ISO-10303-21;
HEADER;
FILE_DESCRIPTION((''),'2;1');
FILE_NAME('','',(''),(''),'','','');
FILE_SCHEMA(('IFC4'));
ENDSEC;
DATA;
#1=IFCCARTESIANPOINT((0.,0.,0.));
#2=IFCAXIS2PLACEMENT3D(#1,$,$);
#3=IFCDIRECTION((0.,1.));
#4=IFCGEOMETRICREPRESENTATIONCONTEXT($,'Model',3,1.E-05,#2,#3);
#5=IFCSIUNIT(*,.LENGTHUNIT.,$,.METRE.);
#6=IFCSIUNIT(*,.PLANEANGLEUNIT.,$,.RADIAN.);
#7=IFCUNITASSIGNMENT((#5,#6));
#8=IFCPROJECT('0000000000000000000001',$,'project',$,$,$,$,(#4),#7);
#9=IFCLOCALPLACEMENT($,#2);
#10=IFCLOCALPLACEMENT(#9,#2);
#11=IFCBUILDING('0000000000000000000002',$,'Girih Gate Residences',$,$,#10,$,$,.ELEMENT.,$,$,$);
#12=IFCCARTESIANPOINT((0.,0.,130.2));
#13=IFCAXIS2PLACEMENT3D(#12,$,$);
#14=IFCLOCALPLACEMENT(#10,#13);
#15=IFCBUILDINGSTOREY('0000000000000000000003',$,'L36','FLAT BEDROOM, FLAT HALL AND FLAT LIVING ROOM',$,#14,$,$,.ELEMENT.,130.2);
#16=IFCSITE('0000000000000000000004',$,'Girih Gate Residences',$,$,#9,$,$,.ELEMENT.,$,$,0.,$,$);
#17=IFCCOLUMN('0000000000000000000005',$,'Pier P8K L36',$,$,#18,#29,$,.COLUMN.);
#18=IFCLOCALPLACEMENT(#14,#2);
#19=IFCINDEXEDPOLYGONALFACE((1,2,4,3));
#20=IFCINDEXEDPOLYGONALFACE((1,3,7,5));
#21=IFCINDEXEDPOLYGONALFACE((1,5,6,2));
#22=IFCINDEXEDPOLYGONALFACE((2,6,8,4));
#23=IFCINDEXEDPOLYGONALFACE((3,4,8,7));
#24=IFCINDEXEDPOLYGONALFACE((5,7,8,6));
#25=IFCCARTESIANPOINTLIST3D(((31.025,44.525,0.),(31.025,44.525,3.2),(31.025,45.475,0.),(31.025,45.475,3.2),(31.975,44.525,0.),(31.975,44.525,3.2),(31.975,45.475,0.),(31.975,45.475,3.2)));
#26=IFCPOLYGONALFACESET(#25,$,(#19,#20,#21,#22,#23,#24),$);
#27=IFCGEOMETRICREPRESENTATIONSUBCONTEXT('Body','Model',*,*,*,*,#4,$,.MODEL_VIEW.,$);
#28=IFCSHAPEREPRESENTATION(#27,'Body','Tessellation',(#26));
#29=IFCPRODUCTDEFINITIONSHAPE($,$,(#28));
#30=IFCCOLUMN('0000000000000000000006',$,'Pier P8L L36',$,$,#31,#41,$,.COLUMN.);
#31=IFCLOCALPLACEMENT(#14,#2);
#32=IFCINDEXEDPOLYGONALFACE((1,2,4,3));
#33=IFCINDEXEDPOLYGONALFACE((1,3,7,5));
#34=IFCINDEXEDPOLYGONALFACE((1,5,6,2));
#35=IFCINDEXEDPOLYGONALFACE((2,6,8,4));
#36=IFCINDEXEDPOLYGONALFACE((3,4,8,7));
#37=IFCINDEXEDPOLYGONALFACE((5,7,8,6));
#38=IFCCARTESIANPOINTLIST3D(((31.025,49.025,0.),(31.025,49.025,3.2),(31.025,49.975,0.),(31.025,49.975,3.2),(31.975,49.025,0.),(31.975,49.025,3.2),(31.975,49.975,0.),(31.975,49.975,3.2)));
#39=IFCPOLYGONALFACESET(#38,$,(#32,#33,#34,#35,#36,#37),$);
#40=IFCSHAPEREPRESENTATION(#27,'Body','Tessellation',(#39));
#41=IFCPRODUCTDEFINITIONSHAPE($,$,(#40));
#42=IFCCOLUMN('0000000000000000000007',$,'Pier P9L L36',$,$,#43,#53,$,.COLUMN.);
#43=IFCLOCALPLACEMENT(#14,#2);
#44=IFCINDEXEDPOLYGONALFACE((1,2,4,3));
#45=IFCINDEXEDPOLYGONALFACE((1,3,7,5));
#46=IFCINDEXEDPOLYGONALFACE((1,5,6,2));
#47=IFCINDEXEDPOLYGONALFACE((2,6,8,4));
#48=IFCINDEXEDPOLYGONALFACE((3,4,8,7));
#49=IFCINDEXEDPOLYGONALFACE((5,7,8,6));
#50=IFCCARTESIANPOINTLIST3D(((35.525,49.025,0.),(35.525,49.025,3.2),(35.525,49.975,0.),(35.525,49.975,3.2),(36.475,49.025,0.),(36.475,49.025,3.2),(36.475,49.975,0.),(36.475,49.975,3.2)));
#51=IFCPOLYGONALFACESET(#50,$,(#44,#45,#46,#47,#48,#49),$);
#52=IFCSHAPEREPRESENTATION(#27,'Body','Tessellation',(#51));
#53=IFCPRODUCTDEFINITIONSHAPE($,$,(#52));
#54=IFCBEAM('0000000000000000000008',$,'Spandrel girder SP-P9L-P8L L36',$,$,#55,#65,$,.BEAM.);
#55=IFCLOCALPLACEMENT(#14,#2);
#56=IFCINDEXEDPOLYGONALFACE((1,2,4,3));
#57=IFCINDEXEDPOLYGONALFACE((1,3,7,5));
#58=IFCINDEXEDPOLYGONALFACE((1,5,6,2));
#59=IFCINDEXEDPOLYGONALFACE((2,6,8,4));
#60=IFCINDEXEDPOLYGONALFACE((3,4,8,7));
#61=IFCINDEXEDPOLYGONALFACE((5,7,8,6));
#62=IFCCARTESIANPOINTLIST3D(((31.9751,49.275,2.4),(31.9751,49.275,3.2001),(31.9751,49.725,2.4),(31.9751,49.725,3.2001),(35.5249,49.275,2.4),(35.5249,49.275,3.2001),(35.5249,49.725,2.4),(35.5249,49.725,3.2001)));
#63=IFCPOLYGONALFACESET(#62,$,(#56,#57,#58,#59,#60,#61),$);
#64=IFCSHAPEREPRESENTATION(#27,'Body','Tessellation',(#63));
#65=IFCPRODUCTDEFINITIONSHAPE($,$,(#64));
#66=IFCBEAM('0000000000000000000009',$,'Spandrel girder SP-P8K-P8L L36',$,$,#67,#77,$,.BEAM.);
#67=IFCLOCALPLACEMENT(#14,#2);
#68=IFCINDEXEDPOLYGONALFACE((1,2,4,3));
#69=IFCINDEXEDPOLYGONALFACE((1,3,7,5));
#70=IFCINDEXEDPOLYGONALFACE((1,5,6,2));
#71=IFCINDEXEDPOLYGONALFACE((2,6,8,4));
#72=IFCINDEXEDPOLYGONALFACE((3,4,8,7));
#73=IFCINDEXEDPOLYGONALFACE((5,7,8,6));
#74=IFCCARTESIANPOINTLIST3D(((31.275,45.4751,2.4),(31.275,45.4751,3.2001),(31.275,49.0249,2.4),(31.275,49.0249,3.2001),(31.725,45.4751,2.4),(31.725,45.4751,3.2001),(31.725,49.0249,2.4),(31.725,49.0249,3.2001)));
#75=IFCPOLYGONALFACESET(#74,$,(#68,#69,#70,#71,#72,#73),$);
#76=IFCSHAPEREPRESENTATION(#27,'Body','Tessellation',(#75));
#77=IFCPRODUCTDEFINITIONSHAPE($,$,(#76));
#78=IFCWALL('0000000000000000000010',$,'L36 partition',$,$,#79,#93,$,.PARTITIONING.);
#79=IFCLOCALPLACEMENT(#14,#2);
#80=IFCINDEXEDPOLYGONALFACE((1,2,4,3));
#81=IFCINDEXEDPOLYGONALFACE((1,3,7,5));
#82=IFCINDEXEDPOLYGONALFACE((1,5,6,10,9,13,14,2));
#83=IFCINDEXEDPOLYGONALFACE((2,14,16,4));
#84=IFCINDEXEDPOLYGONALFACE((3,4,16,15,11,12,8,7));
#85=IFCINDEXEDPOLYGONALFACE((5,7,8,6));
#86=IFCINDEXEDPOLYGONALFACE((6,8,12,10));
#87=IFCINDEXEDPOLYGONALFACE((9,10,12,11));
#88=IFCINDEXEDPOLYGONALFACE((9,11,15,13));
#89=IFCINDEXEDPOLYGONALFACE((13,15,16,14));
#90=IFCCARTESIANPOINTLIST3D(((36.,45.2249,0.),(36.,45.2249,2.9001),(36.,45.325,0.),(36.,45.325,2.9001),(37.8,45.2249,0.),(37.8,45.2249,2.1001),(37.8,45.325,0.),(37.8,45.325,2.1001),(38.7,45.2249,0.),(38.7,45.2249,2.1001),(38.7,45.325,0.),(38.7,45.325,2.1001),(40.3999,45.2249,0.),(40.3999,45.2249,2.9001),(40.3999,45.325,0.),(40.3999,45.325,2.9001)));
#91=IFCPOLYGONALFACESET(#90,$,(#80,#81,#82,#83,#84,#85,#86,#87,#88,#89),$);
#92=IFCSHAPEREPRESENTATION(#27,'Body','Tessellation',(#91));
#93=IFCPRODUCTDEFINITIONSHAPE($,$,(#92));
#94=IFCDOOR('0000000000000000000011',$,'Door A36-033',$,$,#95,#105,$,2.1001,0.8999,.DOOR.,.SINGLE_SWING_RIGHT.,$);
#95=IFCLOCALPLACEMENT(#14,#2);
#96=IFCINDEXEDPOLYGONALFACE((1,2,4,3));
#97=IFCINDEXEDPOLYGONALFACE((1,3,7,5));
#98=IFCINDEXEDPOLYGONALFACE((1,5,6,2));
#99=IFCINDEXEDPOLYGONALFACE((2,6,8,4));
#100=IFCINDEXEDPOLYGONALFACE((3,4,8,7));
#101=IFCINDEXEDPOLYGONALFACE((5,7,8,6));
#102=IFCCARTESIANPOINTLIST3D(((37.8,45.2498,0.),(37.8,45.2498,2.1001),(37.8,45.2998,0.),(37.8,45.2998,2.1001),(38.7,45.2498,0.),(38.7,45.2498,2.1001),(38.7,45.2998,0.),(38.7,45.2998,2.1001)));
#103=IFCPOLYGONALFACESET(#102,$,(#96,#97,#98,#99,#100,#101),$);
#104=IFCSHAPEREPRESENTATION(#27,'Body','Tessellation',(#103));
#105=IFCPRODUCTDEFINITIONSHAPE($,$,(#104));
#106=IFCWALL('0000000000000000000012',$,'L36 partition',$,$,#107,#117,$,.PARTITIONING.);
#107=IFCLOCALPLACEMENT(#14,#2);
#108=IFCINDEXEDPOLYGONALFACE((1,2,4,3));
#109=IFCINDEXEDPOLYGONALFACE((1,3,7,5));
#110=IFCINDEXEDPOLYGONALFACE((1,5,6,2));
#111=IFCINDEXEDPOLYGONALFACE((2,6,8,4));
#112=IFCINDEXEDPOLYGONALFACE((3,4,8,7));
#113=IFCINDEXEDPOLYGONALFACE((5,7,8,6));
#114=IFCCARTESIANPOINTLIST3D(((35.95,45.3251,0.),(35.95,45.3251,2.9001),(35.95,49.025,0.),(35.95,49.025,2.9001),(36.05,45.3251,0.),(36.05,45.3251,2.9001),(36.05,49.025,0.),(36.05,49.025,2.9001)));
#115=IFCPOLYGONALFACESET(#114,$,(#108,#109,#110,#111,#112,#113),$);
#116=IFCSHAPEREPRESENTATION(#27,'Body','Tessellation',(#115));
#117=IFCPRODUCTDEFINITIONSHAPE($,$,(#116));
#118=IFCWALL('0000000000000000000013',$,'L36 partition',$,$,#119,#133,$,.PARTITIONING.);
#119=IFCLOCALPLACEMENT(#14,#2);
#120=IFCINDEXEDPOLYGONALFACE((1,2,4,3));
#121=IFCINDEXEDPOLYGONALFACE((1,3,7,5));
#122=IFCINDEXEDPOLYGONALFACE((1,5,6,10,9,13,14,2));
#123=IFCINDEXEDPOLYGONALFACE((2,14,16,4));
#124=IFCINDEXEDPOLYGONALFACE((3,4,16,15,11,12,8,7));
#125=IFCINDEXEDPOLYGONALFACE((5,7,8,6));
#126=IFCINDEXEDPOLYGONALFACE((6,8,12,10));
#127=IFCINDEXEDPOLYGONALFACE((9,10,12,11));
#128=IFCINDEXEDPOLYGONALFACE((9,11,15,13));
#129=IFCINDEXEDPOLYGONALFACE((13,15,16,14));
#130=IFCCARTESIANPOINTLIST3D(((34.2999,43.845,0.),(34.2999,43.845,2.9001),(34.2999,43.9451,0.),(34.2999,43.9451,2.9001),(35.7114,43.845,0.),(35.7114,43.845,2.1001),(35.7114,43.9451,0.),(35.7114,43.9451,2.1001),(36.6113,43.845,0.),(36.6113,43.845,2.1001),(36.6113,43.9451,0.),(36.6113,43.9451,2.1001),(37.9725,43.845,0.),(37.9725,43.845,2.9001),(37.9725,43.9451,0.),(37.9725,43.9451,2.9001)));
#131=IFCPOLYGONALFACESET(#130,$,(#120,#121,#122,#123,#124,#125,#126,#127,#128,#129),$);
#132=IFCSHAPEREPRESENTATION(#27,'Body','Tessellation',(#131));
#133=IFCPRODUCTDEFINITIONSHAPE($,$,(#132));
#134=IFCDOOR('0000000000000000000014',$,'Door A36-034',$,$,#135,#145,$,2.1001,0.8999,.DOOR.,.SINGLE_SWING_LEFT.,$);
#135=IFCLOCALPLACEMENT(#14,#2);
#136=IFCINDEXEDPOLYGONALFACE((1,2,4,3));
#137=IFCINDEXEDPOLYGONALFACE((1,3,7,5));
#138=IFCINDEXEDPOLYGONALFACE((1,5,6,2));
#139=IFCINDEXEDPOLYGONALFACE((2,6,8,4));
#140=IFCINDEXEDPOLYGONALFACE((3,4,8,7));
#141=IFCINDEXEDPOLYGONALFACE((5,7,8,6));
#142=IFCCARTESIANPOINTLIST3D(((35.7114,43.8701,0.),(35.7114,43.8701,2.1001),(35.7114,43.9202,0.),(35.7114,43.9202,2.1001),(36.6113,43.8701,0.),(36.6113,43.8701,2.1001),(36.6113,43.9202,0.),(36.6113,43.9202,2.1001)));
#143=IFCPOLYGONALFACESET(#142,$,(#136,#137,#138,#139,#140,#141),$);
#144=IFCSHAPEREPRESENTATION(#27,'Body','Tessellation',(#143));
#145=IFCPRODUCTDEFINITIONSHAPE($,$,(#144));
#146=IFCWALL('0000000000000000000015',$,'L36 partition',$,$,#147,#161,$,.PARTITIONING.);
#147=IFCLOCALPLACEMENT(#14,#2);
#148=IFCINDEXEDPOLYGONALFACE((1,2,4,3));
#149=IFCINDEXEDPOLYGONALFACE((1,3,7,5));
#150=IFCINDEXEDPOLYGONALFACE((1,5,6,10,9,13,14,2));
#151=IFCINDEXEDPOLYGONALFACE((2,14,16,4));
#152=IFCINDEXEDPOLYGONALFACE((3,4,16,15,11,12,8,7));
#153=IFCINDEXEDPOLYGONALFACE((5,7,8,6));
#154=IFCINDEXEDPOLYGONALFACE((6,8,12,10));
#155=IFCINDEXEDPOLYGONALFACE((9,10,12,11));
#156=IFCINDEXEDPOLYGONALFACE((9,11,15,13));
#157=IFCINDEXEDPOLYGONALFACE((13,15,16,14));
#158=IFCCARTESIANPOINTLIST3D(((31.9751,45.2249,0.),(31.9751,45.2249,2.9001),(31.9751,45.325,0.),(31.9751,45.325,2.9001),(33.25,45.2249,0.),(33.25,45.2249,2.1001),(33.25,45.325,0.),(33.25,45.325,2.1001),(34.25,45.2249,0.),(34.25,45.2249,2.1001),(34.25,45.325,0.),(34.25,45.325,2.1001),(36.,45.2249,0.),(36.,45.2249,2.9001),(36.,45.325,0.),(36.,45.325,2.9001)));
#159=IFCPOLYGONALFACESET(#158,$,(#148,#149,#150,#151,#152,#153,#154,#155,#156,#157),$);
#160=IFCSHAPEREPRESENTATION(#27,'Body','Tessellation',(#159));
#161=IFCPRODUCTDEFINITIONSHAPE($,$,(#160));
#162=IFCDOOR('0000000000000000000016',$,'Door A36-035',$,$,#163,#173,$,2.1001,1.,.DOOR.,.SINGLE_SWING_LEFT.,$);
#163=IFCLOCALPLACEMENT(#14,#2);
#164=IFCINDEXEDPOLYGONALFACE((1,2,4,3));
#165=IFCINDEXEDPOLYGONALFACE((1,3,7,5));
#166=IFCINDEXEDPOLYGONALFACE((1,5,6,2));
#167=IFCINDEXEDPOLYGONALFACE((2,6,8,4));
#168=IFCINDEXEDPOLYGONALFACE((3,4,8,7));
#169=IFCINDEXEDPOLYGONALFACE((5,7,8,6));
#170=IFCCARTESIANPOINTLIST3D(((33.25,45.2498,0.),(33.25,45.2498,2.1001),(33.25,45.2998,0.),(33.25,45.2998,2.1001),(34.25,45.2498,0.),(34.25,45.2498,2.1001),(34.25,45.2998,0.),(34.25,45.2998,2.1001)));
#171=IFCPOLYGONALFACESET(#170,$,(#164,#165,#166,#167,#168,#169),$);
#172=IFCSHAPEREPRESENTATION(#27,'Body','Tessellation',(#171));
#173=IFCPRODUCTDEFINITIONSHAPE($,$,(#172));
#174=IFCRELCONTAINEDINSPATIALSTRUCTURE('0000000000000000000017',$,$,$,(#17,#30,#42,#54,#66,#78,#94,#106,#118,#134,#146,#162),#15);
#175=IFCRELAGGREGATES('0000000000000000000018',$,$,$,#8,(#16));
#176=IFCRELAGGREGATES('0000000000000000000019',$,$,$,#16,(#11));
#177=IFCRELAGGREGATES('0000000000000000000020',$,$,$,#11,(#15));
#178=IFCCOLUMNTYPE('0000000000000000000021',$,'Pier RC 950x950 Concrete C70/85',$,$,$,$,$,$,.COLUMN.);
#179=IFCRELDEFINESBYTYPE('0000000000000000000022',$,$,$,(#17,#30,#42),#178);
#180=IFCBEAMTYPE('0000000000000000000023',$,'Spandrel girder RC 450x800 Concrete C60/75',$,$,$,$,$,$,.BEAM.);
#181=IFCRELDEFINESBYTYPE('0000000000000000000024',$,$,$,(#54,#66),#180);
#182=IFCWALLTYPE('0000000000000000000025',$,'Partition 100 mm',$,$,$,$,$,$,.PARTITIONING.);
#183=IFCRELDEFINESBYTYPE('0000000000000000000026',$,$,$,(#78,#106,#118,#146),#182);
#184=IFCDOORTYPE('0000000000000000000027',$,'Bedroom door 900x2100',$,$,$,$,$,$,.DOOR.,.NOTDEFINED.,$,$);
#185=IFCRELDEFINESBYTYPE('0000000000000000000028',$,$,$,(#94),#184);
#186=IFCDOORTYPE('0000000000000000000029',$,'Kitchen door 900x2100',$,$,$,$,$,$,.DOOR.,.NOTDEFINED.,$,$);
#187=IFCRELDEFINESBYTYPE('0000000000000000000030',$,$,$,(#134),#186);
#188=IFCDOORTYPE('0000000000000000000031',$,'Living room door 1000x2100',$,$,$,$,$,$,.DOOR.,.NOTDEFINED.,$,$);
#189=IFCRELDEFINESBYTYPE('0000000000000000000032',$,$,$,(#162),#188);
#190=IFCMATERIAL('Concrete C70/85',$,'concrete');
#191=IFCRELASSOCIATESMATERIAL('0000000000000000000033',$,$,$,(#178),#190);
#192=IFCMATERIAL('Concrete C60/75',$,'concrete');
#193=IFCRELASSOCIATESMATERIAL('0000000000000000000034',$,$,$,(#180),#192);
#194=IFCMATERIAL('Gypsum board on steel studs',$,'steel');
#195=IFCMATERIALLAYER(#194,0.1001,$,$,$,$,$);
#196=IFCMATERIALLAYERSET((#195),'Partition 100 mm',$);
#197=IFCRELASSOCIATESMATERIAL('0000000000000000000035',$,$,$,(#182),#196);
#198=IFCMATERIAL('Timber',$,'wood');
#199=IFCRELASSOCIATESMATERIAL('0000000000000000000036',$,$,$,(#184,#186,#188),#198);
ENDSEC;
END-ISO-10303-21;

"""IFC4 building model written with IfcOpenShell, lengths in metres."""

from ifc_helpers import new_model, si_unit, direction, frame, frame_2d, origin, origin_2d, place, context, subcontext, project, spatial, rectangle, extrude, material, layer, layer_set, material_profile, profile_set, type_object, element, fill, save


model = new_model("IFC4")

# Units and contexts
model_context = context("Model", 3, precision=1e-05, world=origin(), true_north=direction((0.0, 1.0)))
body_context = subcontext(model_context, "Body", "Model", "MODEL_VIEW")
ifc_project = project(units=[si_unit("LENGTHUNIT", "METRE"), si_unit("PLANEANGLEUNIT", "RADIAN")], contexts=[model_context])

# Site, building, storey
site_placement = place(None, origin())
site = spatial("IfcSite", under=ifc_project, at=site_placement, Name="Girih Gate Residences", CompositionType="ELEMENT", RefElevation=0.0)
building_placement = place(site_placement, origin())
building = spatial("IfcBuilding", under=site, at=building_placement, Name="Girih Gate Residences", CompositionType="ELEMENT")
storey_placement = place(building_placement, frame((0.0, 0.0, 130.2)))
storey = spatial("IfcBuildingStorey", under=building, at=storey_placement, Name="L36", Description="FLAT BEDROOM, FLAT HALL AND FLAT LIVING ROOM", CompositionType="ELEMENT", Elevation=130.2)

# Columns
ifc_material_1 = material(Name="Concrete C70/85", Category="concrete")
ifc_material_profile_1 = material_profile(ifc_material_1, rectangle(XDim=0.95, YDim=0.95, at=origin_2d()))
ifc_profile_set_1 = profile_set([ifc_material_profile_1], Name="Concrete C70/85")
column_type = type_object("IfcColumnType", Name="Pier RC 950x950 Concrete C70/85", PredefinedType="COLUMN", material=ifc_profile_set_1)
for number, where, z_axis, x_axis, name in (
    (1, (31.5, 45.0, 0.0), (0.0, 0.0, 1.0), (1.0, 0.0, 0.0), "Pier P8K L36"),
    (2, (31.5, 49.5, 0.0), (0.0, 0.0, 1.0), (1.0, 0.0, 0.0), "Pier P8L L36"),
    (3, (36.0, 49.5, 0.0), (0.0, 0.0, 1.0), (1.0, 0.0, 0.0), "Pier P9L L36"),
):
    element("IfcColumn", number, at=place(storey_placement, frame(where, z_axis=z_axis, x_axis=x_axis)), inside=storey, type_object=column_type, Name=name, PredefinedType="COLUMN", context=body_context, shape_type="SweptSolid", body=[
        extrude(rectangle(XDim=0.95, YDim=0.95, at=origin_2d()), origin(), (0.0, 0.0, 1.0), 3.2),
    ])

# Beams
ifc_material_2 = material(Name="Concrete C60/75", Category="concrete")
ifc_material_profile_2 = material_profile(ifc_material_2, rectangle(XDim=0.45, YDim=0.8, at=origin_2d()))
ifc_profile_set_2 = profile_set([ifc_material_profile_2], Name="Concrete C60/75")
beam_type = type_object("IfcBeamType", Name="Spandrel girder RC 450x800 Concrete C60/75", PredefinedType="BEAM", material=ifc_profile_set_2)
for number, where, z_axis, x_axis, name in (
    (4, (35.5249, 49.5, 2.8), (-1.0, 0.0, 0.0), (0.0, -1.0, 0.0), "Spandrel girder SP-P9L-P8L L36"),
    (5, (31.5, 45.4751, 2.8), (0.0, 1.0, 0.0), (-1.0, 0.0, 0.0), "Spandrel girder SP-P8K-P8L L36"),
):
    element("IfcBeam", number, at=place(storey_placement, frame(where, z_axis=z_axis, x_axis=x_axis)), inside=storey, type_object=beam_type, Name=name, PredefinedType="BEAM", context=body_context, shape_type="SweptSolid", body=[
        extrude(rectangle(XDim=0.45, YDim=0.8, at=origin_2d()), origin(), (0.0, 0.0, 1.0), 3.5498),
    ])

# Wall, opening, door
ifc_material_3 = material(Name="Gypsum board on steel studs", Category="steel")
ifc_layer_1 = layer(ifc_material_3, 0.1001)
ifc_layer_set_1 = layer_set([ifc_layer_1], Name="Partition 100 mm")
wall_type_1 = type_object("IfcWallType", Name="Partition 100 mm", PredefinedType="PARTITIONING", material=ifc_layer_set_1)
wall_1_placement = place(storey_placement, frame((36.0, 45.2749, 0.0), z_axis=(0.0, 0.0, 1.0), x_axis=(1.0, 0.0, 0.0)))
wall_1 = element("IfcWall", 6, at=wall_1_placement, inside=storey, type_object=wall_type_1, Name="L36 partition", PredefinedType="PARTITIONING", context=body_context, shape_type="SweptSolid", body=[
    extrude(rectangle(XDim=4.3999, YDim=0.1001, at=frame_2d((2.2, 0.0))), origin(), (0.0, 0.0, 1.0), 2.9001),
])
opening_1_placement = place(wall_1_placement, frame((1.8, 0.0, 0.0)))
opening_1 = element("IfcOpeningElement", 7, at=opening_1_placement, cuts=wall_1, PredefinedType="OPENING", context=body_context, shape_type="SweptSolid", body=[
    extrude(rectangle(XDim=0.8999, YDim=2.1001, at=frame_2d((0.45, 1.05))), frame((0.0, 0.0601, 0.0), z_axis=(0.0, -1.0, 0.0), x_axis=(1.0, 0.0, 0.0)), (0.0, 0.0, 1.0), 0.1201),
])
ifc_material_4 = material(Name="Timber", Category="wood")
door_type_1 = type_object("IfcDoorType", Name="Bedroom door 900x2100", OperationType="NOTDEFINED", PredefinedType="DOOR", material=ifc_material_4)
door_1_placement = place(opening_1_placement, origin())
door_1 = element("IfcDoor", 8, at=door_1_placement, inside=storey, type_object=door_type_1, Name="Door A36-033", OperationType="SINGLE_SWING_RIGHT", OverallHeight=2.1001, OverallWidth=0.8999, PredefinedType="DOOR", context=body_context, shape_type="SweptSolid", body=[
    extrude(rectangle(XDim=0.8999, YDim=2.1001, at=frame_2d((0.45, 1.05))), frame((0.0, 0.0249, 0.0), z_axis=(0.0, -1.0, 0.0), x_axis=(1.0, 0.0, 0.0)), (0.0, 0.0, 1.0), 0.05),
])
fill(opening_1, door_1)

# Wall
wall_2_placement = place(storey_placement, frame((36.0, 45.325, 0.0), z_axis=(0.0, 0.0, 1.0), x_axis=(0.0, 1.0, 0.0)))
element("IfcWall", 9, at=wall_2_placement, inside=storey, type_object=wall_type_1, Name="L36 partition", PredefinedType="PARTITIONING", context=body_context, shape_type="SweptSolid", body=[
    extrude(rectangle(XDim=3.7, YDim=0.1001, at=frame_2d((1.8501, 0.0))), origin(), (0.0, 0.0, 1.0), 2.9001),
])

# Walls, openings, doors
wall_3_placement = place(storey_placement, frame((37.9727, 43.895, 0.0), z_axis=(0.0, 0.0, 1.0), x_axis=(-1.0, 0.0, 0.0)))
wall_3 = element("IfcWall", 10, at=wall_3_placement, inside=storey, type_object=wall_type_1, Name="L36 partition", PredefinedType="PARTITIONING", context=body_context, shape_type="SweptSolid", body=[
    extrude(rectangle(XDim=3.6726, YDim=0.1001, at=frame_2d((1.8364, 0.0))), origin(), (0.0, 0.0, 1.0), 2.9001),
])
opening_2_placement = place(wall_3_placement, frame((1.3613, 0.0, 0.0)))
opening_2 = element("IfcOpeningElement", 11, at=opening_2_placement, cuts=wall_3, PredefinedType="OPENING", context=body_context, shape_type="SweptSolid", body=[
    extrude(rectangle(XDim=0.8999, YDim=2.1001, at=frame_2d((0.45, 1.05))), frame((0.0, 0.0601, 0.0), z_axis=(0.0, -1.0, 0.0), x_axis=(1.0, 0.0, 0.0)), (0.0, 0.0, 1.0), 0.1201),
])
door_type_2 = type_object("IfcDoorType", Name="Kitchen door 900x2100", OperationType="NOTDEFINED", PredefinedType="DOOR", material=ifc_material_4)
door_2_placement = place(opening_2_placement, origin())
door_2 = element("IfcDoor", 12, at=door_2_placement, inside=storey, type_object=door_type_2, Name="Door A36-034", OperationType="SINGLE_SWING_LEFT", OverallHeight=2.1001, OverallWidth=0.8999, PredefinedType="DOOR", context=body_context, shape_type="SweptSolid", body=[
    extrude(rectangle(XDim=0.8999, YDim=2.1001, at=frame_2d((0.45, 1.05))), frame((0.0, 0.0249, 0.0), z_axis=(0.0, -1.0, 0.0), x_axis=(1.0, 0.0, 0.0)), (0.0, 0.0, 1.0), 0.05),
])
fill(opening_2, door_2)
wall_4_placement = place(storey_placement, frame((31.9751, 45.2749, 0.0), z_axis=(0.0, 0.0, 1.0), x_axis=(1.0, 0.0, 0.0)))
wall_4 = element("IfcWall", 13, at=wall_4_placement, inside=storey, type_object=wall_type_1, Name="L36 partition", PredefinedType="PARTITIONING", context=body_context, shape_type="SweptSolid", body=[
    extrude(rectangle(XDim=4.0249, YDim=0.1001, at=frame_2d((2.0125, 0.0))), origin(), (0.0, 0.0, 1.0), 2.9001),
])
opening_3_placement = place(wall_4_placement, frame((1.2749, 0.0, 0.0)))
opening_3 = element("IfcOpeningElement", 14, at=opening_3_placement, cuts=wall_4, PredefinedType="OPENING", context=body_context, shape_type="SweptSolid", body=[
    extrude(rectangle(XDim=1.0, YDim=2.1001, at=frame_2d((0.5, 1.05))), frame((0.0, 0.0601, 0.0), z_axis=(0.0, -1.0, 0.0), x_axis=(1.0, 0.0, 0.0)), (0.0, 0.0, 1.0), 0.1201),
])
door_type_3 = type_object("IfcDoorType", Name="Living room door 1000x2100", OperationType="NOTDEFINED", PredefinedType="DOOR", material=ifc_material_4)
door_3_placement = place(opening_3_placement, origin())
door_3 = element("IfcDoor", 15, at=door_3_placement, inside=storey, type_object=door_type_3, Name="Door A36-035", OperationType="SINGLE_SWING_LEFT", OverallHeight=2.1001, OverallWidth=1.0, PredefinedType="DOOR", context=body_context, shape_type="SweptSolid", body=[
    extrude(rectangle(XDim=1.0, YDim=2.1001, at=frame_2d((0.5, 1.05))), frame((0.0, 0.0249, 0.0), z_axis=(0.0, -1.0, 0.0), x_axis=(1.0, 0.0, 0.0)), (0.0, 0.0, 1.0), 0.05),
])
fill(opening_3, door_3)

save(model, "model.ifc")
